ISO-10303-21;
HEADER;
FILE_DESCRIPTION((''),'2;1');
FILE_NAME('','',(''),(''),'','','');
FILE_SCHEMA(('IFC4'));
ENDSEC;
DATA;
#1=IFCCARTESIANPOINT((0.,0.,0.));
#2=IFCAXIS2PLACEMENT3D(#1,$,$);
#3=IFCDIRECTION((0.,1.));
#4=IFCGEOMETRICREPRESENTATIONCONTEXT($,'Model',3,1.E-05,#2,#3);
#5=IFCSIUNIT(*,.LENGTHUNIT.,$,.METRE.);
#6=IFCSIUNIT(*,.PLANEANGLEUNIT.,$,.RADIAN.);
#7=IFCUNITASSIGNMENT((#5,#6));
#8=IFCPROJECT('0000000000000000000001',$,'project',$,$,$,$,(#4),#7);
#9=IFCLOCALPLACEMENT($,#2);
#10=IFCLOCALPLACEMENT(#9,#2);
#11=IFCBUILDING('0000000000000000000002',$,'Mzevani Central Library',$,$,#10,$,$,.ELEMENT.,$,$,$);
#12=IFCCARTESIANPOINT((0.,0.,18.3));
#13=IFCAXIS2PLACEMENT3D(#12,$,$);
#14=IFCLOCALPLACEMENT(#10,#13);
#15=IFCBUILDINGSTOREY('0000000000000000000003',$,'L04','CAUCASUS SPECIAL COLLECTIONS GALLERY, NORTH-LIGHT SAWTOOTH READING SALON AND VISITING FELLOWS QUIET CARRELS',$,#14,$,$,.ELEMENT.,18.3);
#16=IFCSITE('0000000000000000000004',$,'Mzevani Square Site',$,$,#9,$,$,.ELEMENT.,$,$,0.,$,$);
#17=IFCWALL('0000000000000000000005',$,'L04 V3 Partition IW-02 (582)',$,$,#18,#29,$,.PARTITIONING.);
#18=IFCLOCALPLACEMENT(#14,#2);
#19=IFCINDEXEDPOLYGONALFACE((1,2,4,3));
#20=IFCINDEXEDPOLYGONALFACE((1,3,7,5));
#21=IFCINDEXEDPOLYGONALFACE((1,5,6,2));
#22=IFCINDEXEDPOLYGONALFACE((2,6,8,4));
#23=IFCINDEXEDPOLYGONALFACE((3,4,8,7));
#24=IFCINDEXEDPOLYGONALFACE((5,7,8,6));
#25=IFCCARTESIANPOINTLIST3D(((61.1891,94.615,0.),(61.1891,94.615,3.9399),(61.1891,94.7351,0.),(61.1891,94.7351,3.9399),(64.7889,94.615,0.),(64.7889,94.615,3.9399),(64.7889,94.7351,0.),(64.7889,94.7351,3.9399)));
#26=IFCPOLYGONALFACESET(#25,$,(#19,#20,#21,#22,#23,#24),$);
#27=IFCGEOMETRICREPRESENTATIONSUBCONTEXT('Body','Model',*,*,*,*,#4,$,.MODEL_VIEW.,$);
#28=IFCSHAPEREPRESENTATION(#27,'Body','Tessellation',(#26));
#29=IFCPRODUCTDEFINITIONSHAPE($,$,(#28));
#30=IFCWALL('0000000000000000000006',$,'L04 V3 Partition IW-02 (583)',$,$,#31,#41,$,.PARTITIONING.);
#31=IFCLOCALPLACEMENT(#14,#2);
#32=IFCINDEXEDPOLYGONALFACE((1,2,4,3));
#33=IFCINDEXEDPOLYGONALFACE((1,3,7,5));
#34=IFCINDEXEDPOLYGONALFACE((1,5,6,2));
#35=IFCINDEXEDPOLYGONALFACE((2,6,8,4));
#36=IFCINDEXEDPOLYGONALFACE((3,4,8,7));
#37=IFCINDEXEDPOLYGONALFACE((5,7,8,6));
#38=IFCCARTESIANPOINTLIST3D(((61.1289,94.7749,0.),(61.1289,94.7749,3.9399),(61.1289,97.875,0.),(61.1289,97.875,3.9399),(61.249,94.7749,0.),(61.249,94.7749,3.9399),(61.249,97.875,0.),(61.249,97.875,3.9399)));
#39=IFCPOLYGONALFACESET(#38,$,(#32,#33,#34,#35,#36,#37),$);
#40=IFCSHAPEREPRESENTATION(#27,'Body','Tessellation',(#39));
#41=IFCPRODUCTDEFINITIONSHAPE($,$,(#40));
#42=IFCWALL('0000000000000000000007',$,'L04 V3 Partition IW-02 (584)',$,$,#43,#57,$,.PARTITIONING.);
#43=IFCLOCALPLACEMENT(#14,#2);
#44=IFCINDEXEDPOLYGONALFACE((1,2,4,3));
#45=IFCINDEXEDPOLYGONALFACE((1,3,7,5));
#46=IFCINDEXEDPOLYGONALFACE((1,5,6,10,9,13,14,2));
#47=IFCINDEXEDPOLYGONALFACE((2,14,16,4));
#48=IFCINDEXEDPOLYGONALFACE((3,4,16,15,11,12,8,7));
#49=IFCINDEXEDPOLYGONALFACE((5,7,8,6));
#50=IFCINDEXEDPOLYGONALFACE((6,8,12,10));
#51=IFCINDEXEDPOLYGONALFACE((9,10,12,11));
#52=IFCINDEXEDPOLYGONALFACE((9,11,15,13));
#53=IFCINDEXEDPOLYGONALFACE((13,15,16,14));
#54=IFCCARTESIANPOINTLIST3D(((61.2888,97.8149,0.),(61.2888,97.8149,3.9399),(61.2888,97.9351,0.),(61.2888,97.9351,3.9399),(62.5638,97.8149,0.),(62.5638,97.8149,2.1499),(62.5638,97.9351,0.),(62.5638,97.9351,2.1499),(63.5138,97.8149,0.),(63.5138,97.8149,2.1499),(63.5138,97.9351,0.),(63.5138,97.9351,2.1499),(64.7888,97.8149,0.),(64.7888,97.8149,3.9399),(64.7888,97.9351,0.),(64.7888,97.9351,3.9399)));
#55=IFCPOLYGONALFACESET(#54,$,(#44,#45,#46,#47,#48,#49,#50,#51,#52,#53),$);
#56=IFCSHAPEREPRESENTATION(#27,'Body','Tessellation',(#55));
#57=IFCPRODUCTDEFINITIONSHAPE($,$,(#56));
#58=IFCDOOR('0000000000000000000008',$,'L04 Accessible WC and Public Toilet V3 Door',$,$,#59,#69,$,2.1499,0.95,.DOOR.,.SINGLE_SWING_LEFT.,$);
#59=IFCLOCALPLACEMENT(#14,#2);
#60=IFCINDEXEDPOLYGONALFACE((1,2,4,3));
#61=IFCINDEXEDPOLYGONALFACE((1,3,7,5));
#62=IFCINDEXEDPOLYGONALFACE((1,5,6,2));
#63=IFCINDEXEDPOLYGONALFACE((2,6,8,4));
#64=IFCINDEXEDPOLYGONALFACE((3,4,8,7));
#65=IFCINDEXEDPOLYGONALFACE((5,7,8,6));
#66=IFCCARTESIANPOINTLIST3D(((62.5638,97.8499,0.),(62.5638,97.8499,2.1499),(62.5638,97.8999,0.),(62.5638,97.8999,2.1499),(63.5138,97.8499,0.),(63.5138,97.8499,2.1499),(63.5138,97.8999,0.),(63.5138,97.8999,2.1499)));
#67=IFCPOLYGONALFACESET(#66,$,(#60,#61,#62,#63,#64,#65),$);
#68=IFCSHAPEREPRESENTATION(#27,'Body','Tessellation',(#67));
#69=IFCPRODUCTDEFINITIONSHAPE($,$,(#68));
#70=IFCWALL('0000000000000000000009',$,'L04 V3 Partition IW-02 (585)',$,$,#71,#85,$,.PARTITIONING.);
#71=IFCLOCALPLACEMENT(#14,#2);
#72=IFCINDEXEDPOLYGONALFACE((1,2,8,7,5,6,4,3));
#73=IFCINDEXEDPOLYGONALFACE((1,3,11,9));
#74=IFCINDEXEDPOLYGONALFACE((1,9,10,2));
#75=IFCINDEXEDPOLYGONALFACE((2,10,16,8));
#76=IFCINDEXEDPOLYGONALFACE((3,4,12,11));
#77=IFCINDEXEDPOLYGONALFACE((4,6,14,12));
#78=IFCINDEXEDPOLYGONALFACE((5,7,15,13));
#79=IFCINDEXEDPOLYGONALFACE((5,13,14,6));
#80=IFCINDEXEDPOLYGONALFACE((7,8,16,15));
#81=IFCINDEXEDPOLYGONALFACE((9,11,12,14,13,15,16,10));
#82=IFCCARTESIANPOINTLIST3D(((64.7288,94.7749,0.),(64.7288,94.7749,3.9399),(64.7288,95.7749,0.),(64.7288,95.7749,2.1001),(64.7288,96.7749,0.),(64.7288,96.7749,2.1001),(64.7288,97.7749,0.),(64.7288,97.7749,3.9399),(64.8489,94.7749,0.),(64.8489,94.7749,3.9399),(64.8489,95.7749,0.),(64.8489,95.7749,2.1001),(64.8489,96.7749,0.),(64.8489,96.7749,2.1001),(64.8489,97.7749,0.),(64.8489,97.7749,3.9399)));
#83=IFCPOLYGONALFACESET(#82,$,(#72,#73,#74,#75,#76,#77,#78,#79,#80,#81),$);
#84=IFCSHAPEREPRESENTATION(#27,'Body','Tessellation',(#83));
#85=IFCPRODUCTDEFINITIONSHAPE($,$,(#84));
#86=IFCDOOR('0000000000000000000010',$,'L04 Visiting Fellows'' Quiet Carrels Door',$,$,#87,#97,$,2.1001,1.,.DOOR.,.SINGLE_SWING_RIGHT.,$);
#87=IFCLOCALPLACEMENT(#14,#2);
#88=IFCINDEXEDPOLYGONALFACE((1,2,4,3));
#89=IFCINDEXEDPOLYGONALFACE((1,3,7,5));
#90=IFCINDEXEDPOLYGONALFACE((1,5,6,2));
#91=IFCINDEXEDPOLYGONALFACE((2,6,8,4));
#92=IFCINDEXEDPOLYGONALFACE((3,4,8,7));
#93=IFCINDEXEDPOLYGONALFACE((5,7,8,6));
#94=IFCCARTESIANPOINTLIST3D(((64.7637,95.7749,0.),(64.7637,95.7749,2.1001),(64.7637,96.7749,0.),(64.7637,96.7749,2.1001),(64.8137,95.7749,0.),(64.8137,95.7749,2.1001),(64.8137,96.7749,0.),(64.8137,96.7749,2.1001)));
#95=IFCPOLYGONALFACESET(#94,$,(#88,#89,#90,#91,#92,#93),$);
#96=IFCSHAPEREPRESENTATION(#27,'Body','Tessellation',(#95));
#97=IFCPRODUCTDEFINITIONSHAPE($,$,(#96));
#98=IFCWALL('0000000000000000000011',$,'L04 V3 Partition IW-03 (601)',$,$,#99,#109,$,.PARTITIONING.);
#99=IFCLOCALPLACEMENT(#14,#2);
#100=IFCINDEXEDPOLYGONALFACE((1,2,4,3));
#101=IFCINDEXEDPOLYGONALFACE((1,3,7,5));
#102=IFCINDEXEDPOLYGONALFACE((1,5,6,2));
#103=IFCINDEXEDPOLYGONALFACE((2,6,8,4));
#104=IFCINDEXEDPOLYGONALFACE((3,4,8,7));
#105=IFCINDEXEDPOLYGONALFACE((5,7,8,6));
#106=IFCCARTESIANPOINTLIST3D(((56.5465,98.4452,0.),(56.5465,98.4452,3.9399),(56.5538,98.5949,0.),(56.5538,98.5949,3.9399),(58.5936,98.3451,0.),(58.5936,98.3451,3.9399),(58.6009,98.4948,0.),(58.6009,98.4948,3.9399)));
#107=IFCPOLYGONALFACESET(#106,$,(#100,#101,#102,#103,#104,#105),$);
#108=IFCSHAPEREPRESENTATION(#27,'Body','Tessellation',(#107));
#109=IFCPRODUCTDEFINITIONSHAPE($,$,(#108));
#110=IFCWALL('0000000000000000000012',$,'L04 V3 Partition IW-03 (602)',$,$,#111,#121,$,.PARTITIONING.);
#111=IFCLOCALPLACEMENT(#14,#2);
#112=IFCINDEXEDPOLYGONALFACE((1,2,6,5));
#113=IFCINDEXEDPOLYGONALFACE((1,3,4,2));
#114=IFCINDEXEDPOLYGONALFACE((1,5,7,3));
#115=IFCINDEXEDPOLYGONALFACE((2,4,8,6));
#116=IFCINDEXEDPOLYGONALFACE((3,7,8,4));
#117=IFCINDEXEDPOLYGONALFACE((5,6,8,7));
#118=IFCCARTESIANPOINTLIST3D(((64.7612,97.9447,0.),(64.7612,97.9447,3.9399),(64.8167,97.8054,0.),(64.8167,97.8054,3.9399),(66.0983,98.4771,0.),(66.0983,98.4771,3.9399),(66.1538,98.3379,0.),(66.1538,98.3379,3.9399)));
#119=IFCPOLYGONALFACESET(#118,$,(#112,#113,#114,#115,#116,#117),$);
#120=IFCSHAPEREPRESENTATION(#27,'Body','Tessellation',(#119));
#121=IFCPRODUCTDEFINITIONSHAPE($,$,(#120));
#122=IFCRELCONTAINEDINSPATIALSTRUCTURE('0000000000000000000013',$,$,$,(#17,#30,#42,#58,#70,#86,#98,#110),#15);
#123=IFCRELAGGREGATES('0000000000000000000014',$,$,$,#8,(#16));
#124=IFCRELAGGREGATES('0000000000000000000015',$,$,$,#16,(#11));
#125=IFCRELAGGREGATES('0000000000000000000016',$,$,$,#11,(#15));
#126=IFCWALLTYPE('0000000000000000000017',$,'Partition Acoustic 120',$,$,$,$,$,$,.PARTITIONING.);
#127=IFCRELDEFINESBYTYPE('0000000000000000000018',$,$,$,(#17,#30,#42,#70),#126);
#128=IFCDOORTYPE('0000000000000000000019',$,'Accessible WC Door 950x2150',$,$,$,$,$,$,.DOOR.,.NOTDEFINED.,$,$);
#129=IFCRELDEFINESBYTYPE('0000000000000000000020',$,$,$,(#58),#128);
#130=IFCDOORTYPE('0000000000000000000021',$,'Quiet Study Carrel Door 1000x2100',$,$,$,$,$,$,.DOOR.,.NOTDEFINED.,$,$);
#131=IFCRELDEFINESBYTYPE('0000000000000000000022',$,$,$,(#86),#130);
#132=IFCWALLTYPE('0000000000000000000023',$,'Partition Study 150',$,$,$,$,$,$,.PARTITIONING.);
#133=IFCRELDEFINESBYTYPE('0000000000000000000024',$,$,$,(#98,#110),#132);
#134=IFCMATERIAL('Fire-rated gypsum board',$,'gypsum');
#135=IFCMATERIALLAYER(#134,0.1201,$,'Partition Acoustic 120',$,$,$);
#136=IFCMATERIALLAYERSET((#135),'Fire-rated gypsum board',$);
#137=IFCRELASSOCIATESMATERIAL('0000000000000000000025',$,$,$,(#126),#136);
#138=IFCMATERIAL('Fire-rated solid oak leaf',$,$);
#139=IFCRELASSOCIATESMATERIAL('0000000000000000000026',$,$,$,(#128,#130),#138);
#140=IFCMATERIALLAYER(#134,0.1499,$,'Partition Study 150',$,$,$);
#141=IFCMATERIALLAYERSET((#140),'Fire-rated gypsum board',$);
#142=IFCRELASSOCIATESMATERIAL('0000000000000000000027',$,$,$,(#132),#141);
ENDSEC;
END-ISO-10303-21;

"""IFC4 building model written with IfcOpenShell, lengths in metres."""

from ifc_helpers import new_model, si_unit, direction, frame, frame_2d, origin, place, context, subcontext, project, spatial, rectangle, extrude, material, layer, layer_set, type_object, element, fill, save


model = new_model("IFC4")

# Units and contexts
model_context = context("Model", 3, precision=1e-05, world=origin(), true_north=direction((0.0, 1.0)))
body_context = subcontext(model_context, "Body", "Model", "MODEL_VIEW")
ifc_project = project(units=[si_unit("LENGTHUNIT", "METRE"), si_unit("PLANEANGLEUNIT", "RADIAN")], contexts=[model_context])

# Site, building, storey
site_placement = place(None, origin())
site = spatial("IfcSite", under=ifc_project, at=site_placement, Name="Mzevani Square Site", CompositionType="ELEMENT", RefElevation=0.0)
building_placement = place(site_placement, origin())
building = spatial("IfcBuilding", under=site, at=building_placement, Name="Mzevani Central Library", CompositionType="ELEMENT")
storey_placement = place(building_placement, frame((0.0, 0.0, 18.3)))
storey = spatial("IfcBuildingStorey", under=building, at=storey_placement, Name="L04", Description="CAUCASUS SPECIAL COLLECTIONS GALLERY, NORTH-LIGHT SAWTOOTH READING SALON AND VISITING FELLOWS QUIET CARRELS", CompositionType="ELEMENT", Elevation=18.3)

# Walls
ifc_material_1 = material(Name="Fire-rated gypsum board", Category="gypsum")
ifc_layer_1 = layer(ifc_material_1, 0.1201, Name="Partition Acoustic 120")
ifc_layer_set_1 = layer_set([ifc_layer_1], Name="Fire-rated gypsum board")
wall_type_1 = type_object("IfcWallType", Name="Partition Acoustic 120", PredefinedType="PARTITIONING", material=ifc_layer_set_1)
wall_1_placement = place(storey_placement, frame((64.7888, 94.675, 0.0), z_axis=(0.0, 0.0, 1.0), x_axis=(-1.0, 0.0, 0.0)))
element("IfcWall", 1, at=wall_1_placement, inside=storey, type_object=wall_type_1, Name="L04 V3 Partition IW-02 (582)", PredefinedType="PARTITIONING", context=body_context, shape_type="SweptSolid", body=[
    extrude(rectangle(XDim=3.5999, YDim=0.1201, at=frame_2d((1.7998, 0.0))), origin(), (0.0, 0.0, 1.0), 3.9399),
])
wall_2_placement = place(storey_placement, frame((61.189, 94.7749, 0.0), z_axis=(0.0, 0.0, 1.0), x_axis=(0.0, 1.0, 0.0)))
element("IfcWall", 2, at=wall_2_placement, inside=storey, type_object=wall_type_1, Name="L04 V3 Partition IW-02 (583)", PredefinedType="PARTITIONING", context=body_context, shape_type="SweptSolid", body=[
    extrude(rectangle(XDim=3.1001, YDim=0.1201, at=frame_2d((1.55, 0.0))), origin(), (0.0, 0.0, 1.0), 3.9399),
])

# Walls, openings, doors
wall_3_placement = place(storey_placement, frame((61.2888, 97.875, 0.0), z_axis=(0.0, 0.0, 1.0), x_axis=(1.0, 0.0, 0.0)))
wall_3 = element("IfcWall", 3, at=wall_3_placement, inside=storey, type_object=wall_type_1, Name="L04 V3 Partition IW-02 (584)", PredefinedType="PARTITIONING", context=body_context, shape_type="SweptSolid", body=[
    extrude(rectangle(XDim=3.5, YDim=0.1201, at=frame_2d((1.75, 0.0))), origin(), (0.0, 0.0, 1.0), 3.9399),
])
opening_1_placement = place(wall_3_placement, frame((1.2749, 0.0, 0.0)))
opening_1 = element("IfcOpeningElement", 4, at=opening_1_placement, cuts=wall_3, PredefinedType="OPENING", context=body_context, shape_type="SweptSolid", body=[
    extrude(rectangle(XDim=0.95, YDim=2.1499, at=frame_2d((0.4751, 1.075))), frame((0.0, 0.0701, 0.0), z_axis=(0.0, -1.0, 0.0), x_axis=(1.0, 0.0, 0.0)), (0.0, 0.0, 1.0), 0.1401),
])
ifc_material_2 = material(Name="Fire-rated solid oak leaf")
door_type_1 = type_object("IfcDoorType", Name="Accessible WC Door 950x2150", OperationType="NOTDEFINED", PredefinedType="DOOR", material=ifc_material_2)
door_1_placement = place(opening_1_placement, origin())
door_1 = element("IfcDoor", 5, at=door_1_placement, inside=storey, type_object=door_type_1, Name="L04 Accessible WC and Public Toilet V3 Door", OperationType="SINGLE_SWING_LEFT", OverallHeight=2.1499, OverallWidth=0.95, PredefinedType="DOOR", context=body_context, shape_type="SweptSolid", body=[
    extrude(rectangle(XDim=0.95, YDim=2.1499, at=frame_2d((0.4751, 1.075))), frame((0.0, 0.0249, 0.0), z_axis=(0.0, -1.0, 0.0), x_axis=(1.0, 0.0, 0.0)), (0.0, 0.0, 1.0), 0.05),
])
fill(opening_1, door_1)
wall_4_placement = place(storey_placement, frame((64.7888, 97.7749, 0.0), z_axis=(0.0, 0.0, 1.0), x_axis=(0.0, -1.0, 0.0)))
wall_4 = element("IfcWall", 6, at=wall_4_placement, inside=storey, type_object=wall_type_1, Name="L04 V3 Partition IW-02 (585)", PredefinedType="PARTITIONING", context=body_context, shape_type="SweptSolid", body=[
    extrude(rectangle(XDim=3.0, YDim=0.1201, at=frame_2d((1.5, 0.0))), origin(), (0.0, 0.0, 1.0), 3.9399),
])
opening_2_placement = place(wall_4_placement, frame((1.0, 0.0, 0.0)))
opening_2 = element("IfcOpeningElement", 7, at=opening_2_placement, cuts=wall_4, PredefinedType="OPENING", context=body_context, shape_type="SweptSolid", body=[
    extrude(rectangle(XDim=1.0, YDim=2.1001, at=frame_2d((0.5, 1.05))), frame((0.0, 0.0701, 0.0), z_axis=(0.0, -1.0, 0.0), x_axis=(1.0, 0.0, 0.0)), (0.0, 0.0, 1.0), 0.1401),
])
door_type_2 = type_object("IfcDoorType", Name="Quiet Study Carrel Door 1000x2100", OperationType="NOTDEFINED", PredefinedType="DOOR", material=ifc_material_2)
door_2_placement = place(opening_2_placement, origin())
door_2 = element("IfcDoor", 8, at=door_2_placement, inside=storey, type_object=door_type_2, Name="L04 Visiting Fellows' Quiet Carrels Door", OperationType="SINGLE_SWING_RIGHT", OverallHeight=2.1001, OverallWidth=1.0, PredefinedType="DOOR", context=body_context, shape_type="SweptSolid", body=[
    extrude(rectangle(XDim=1.0, YDim=2.1001, at=frame_2d((0.5, 1.05))), frame((0.0, 0.0249, 0.0), z_axis=(0.0, -1.0, 0.0), x_axis=(1.0, 0.0, 0.0)), (0.0, 0.0, 1.0), 0.05),
])
fill(opening_2, door_2)

# Walls
ifc_layer_2 = layer(ifc_material_1, 0.1499, Name="Partition Study 150")
ifc_layer_set_2 = layer_set([ifc_layer_2], Name="Fire-rated gypsum board")
wall_type_2 = type_object("IfcWallType", Name="Partition Study 150", PredefinedType="PARTITIONING", material=ifc_layer_set_2)
wall_5_placement = place(storey_placement, frame((56.55, 98.52, 0.0), z_axis=(0.0, 0.0, 1.0), x_axis=(0.998807, -0.048838, 0.0)))
element("IfcWall", 9, at=wall_5_placement, inside=storey, type_object=wall_type_2, Name="L04 V3 Partition IW-03 (601)", PredefinedType="PARTITIONING", context=body_context, shape_type="SweptSolid", body=[
    extrude(rectangle(XDim=2.0496, YDim=0.1499, at=frame_2d((1.0249, 0.0))), origin(), (0.0, 0.0, 1.0), 3.9399),
])
wall_6_placement = place(storey_placement, frame((64.7888, 97.875, 0.0), z_axis=(0.0, 0.0, 1.0), x_axis=(0.929049, 0.369957, 0.0)))
element("IfcWall", 10, at=wall_6_placement, inside=storey, type_object=wall_type_2, Name="L04 V3 Partition IW-03 (602)", PredefinedType="PARTITIONING", context=body_context, shape_type="SweptSolid", body=[
    extrude(rectangle(XDim=1.4392, YDim=0.1499, at=frame_2d((0.7197, 0.0))), origin(), (0.0, 0.0, 1.0), 3.9399),
])

save(model, "model.ifc")
